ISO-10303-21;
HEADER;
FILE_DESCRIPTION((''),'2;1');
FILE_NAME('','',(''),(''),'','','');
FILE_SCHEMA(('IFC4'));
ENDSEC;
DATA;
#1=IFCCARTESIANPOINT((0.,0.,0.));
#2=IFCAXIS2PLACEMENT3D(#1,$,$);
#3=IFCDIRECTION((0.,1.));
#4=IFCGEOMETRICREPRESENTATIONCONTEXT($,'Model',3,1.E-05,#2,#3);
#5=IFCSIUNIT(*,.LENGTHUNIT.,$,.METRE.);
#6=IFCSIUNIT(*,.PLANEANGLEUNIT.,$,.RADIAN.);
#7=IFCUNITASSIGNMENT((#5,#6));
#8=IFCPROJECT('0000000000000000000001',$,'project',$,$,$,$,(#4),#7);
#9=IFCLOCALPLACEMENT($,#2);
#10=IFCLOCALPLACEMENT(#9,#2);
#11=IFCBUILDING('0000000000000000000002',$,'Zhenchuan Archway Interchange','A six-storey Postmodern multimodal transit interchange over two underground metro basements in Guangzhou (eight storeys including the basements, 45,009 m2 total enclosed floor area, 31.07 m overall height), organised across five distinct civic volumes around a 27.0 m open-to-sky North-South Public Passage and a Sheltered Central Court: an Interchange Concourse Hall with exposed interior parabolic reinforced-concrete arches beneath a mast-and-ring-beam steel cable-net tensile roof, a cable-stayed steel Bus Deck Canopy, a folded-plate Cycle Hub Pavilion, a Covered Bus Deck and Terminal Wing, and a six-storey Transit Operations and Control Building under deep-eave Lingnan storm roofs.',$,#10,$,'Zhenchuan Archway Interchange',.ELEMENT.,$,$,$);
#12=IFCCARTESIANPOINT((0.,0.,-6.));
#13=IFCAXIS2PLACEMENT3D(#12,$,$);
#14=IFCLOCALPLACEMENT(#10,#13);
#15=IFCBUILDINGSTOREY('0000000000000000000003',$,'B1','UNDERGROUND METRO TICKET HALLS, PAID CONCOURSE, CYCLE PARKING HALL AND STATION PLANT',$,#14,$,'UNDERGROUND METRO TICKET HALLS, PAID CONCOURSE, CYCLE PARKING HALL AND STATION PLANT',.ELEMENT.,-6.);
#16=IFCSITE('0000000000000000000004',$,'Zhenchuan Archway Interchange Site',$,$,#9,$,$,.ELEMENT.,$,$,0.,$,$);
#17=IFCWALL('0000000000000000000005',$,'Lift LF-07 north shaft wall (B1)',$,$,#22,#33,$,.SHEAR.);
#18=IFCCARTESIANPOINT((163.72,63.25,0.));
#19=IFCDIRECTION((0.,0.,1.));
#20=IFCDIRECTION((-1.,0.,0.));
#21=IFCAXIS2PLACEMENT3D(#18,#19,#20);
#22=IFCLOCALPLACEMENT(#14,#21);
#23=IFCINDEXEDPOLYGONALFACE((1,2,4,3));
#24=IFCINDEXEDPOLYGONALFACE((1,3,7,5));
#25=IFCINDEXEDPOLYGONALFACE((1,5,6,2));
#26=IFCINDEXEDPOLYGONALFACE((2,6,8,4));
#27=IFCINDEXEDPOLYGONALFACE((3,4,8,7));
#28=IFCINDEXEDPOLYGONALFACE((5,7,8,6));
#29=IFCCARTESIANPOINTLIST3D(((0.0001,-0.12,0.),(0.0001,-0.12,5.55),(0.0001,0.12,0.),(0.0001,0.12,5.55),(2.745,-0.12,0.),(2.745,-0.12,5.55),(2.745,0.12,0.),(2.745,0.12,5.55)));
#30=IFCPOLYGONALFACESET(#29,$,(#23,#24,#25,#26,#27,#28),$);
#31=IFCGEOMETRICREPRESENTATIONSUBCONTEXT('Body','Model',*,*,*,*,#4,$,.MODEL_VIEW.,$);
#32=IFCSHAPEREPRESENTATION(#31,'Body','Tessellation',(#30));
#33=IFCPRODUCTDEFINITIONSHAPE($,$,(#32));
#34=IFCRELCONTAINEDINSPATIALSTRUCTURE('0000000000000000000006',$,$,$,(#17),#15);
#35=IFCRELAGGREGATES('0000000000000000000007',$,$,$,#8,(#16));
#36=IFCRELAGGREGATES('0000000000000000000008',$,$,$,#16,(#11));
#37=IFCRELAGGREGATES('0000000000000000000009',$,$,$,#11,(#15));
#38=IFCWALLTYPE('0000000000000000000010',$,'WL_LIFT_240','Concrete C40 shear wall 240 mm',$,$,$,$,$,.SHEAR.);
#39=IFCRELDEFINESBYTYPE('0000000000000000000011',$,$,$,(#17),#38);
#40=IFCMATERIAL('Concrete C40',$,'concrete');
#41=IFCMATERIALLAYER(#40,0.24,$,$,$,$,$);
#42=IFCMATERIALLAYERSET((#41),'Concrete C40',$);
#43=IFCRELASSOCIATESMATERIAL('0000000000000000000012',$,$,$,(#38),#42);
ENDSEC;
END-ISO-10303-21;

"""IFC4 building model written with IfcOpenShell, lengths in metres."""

from ifc_helpers import new_model, si_unit, direction, frame, frame_2d, origin, place, context, subcontext, project, spatial, rectangle, extrude, material, layer, layer_set, type_object, element, save


model = new_model("IFC4")

# Units and contexts
model_context = context("Model", 3, precision=1e-05, world=origin(), true_north=direction((0.0, 1.0)))
body_context = subcontext(model_context, "Body", "Model", "MODEL_VIEW")
ifc_project = project(units=[si_unit("LENGTHUNIT", "METRE"), si_unit("PLANEANGLEUNIT", "RADIAN")], contexts=[model_context])

# Site, building, storey
site_placement = place(None, origin())
site = spatial("IfcSite", under=ifc_project, at=site_placement, Name="Zhenchuan Archway Interchange Site", CompositionType="ELEMENT", RefElevation=0.0)
building_placement = place(site_placement, origin())
building = spatial("IfcBuilding", under=site, at=building_placement, Name="Zhenchuan Archway Interchange", Description="A six-storey Postmodern multimodal transit interchange over two underground metro basements in Guangzhou (eight storeys including the basements, 45,009 m2 total enclosed floor area, 31.07 m overall height), organised across five distinct civic volumes around a 27.0 m open-to-sky North-South Public Passage and a Sheltered Central Court: an Interchange Concourse Hall with exposed interior parabolic reinforced-concrete arches beneath a mast-and-ring-beam steel cable-net tensile roof, a cable-stayed steel Bus Deck Canopy, a folded-plate Cycle Hub Pavilion, a Covered Bus Deck and Terminal Wing, and a six-storey Transit Operations and Control Building under deep-eave Lingnan storm roofs.", LongName="Zhenchuan Archway Interchange", CompositionType="ELEMENT")
storey_placement = place(building_placement, frame((0.0, 0.0, -6.0)))
storey = spatial("IfcBuildingStorey", under=building, at=storey_placement, Name="B1", Description="UNDERGROUND METRO TICKET HALLS, PAID CONCOURSE, CYCLE PARKING HALL AND STATION PLANT", LongName="UNDERGROUND METRO TICKET HALLS, PAID CONCOURSE, CYCLE PARKING HALL AND STATION PLANT", CompositionType="ELEMENT", Elevation=-6.0)

# Shared definitions
ifc_material_1 = material(Name="Concrete C40", Category="concrete")

# Wall
ifc_layer_1 = layer(ifc_material_1, 0.24)
ifc_layer_set_1 = layer_set([ifc_layer_1], Name="Concrete C40")
wall_type_1 = type_object("IfcWallType", Name="WL_LIFT_240", Description="Concrete C40 shear wall 240 mm", PredefinedType="SHEAR", material=ifc_layer_set_1)
wall_1_placement = place(storey_placement, frame((163.72, 63.25, 0.0), z_axis=(0.0, 0.0, 1.0), x_axis=(-1.0, 0.0, 0.0)))
element("IfcWall", 1, at=wall_1_placement, inside=storey, type_object=wall_type_1, Name="Lift LF-07 north shaft wall (B1)", PredefinedType="SHEAR", context=body_context, shape_type="SweptSolid", body=[
    extrude(rectangle(XDim=2.7449, YDim=0.24, at=frame_2d((1.3726, 0.0))), origin(), (0.0, 0.0, 1.0), 5.55),
])

save(model, "model.ifc")
